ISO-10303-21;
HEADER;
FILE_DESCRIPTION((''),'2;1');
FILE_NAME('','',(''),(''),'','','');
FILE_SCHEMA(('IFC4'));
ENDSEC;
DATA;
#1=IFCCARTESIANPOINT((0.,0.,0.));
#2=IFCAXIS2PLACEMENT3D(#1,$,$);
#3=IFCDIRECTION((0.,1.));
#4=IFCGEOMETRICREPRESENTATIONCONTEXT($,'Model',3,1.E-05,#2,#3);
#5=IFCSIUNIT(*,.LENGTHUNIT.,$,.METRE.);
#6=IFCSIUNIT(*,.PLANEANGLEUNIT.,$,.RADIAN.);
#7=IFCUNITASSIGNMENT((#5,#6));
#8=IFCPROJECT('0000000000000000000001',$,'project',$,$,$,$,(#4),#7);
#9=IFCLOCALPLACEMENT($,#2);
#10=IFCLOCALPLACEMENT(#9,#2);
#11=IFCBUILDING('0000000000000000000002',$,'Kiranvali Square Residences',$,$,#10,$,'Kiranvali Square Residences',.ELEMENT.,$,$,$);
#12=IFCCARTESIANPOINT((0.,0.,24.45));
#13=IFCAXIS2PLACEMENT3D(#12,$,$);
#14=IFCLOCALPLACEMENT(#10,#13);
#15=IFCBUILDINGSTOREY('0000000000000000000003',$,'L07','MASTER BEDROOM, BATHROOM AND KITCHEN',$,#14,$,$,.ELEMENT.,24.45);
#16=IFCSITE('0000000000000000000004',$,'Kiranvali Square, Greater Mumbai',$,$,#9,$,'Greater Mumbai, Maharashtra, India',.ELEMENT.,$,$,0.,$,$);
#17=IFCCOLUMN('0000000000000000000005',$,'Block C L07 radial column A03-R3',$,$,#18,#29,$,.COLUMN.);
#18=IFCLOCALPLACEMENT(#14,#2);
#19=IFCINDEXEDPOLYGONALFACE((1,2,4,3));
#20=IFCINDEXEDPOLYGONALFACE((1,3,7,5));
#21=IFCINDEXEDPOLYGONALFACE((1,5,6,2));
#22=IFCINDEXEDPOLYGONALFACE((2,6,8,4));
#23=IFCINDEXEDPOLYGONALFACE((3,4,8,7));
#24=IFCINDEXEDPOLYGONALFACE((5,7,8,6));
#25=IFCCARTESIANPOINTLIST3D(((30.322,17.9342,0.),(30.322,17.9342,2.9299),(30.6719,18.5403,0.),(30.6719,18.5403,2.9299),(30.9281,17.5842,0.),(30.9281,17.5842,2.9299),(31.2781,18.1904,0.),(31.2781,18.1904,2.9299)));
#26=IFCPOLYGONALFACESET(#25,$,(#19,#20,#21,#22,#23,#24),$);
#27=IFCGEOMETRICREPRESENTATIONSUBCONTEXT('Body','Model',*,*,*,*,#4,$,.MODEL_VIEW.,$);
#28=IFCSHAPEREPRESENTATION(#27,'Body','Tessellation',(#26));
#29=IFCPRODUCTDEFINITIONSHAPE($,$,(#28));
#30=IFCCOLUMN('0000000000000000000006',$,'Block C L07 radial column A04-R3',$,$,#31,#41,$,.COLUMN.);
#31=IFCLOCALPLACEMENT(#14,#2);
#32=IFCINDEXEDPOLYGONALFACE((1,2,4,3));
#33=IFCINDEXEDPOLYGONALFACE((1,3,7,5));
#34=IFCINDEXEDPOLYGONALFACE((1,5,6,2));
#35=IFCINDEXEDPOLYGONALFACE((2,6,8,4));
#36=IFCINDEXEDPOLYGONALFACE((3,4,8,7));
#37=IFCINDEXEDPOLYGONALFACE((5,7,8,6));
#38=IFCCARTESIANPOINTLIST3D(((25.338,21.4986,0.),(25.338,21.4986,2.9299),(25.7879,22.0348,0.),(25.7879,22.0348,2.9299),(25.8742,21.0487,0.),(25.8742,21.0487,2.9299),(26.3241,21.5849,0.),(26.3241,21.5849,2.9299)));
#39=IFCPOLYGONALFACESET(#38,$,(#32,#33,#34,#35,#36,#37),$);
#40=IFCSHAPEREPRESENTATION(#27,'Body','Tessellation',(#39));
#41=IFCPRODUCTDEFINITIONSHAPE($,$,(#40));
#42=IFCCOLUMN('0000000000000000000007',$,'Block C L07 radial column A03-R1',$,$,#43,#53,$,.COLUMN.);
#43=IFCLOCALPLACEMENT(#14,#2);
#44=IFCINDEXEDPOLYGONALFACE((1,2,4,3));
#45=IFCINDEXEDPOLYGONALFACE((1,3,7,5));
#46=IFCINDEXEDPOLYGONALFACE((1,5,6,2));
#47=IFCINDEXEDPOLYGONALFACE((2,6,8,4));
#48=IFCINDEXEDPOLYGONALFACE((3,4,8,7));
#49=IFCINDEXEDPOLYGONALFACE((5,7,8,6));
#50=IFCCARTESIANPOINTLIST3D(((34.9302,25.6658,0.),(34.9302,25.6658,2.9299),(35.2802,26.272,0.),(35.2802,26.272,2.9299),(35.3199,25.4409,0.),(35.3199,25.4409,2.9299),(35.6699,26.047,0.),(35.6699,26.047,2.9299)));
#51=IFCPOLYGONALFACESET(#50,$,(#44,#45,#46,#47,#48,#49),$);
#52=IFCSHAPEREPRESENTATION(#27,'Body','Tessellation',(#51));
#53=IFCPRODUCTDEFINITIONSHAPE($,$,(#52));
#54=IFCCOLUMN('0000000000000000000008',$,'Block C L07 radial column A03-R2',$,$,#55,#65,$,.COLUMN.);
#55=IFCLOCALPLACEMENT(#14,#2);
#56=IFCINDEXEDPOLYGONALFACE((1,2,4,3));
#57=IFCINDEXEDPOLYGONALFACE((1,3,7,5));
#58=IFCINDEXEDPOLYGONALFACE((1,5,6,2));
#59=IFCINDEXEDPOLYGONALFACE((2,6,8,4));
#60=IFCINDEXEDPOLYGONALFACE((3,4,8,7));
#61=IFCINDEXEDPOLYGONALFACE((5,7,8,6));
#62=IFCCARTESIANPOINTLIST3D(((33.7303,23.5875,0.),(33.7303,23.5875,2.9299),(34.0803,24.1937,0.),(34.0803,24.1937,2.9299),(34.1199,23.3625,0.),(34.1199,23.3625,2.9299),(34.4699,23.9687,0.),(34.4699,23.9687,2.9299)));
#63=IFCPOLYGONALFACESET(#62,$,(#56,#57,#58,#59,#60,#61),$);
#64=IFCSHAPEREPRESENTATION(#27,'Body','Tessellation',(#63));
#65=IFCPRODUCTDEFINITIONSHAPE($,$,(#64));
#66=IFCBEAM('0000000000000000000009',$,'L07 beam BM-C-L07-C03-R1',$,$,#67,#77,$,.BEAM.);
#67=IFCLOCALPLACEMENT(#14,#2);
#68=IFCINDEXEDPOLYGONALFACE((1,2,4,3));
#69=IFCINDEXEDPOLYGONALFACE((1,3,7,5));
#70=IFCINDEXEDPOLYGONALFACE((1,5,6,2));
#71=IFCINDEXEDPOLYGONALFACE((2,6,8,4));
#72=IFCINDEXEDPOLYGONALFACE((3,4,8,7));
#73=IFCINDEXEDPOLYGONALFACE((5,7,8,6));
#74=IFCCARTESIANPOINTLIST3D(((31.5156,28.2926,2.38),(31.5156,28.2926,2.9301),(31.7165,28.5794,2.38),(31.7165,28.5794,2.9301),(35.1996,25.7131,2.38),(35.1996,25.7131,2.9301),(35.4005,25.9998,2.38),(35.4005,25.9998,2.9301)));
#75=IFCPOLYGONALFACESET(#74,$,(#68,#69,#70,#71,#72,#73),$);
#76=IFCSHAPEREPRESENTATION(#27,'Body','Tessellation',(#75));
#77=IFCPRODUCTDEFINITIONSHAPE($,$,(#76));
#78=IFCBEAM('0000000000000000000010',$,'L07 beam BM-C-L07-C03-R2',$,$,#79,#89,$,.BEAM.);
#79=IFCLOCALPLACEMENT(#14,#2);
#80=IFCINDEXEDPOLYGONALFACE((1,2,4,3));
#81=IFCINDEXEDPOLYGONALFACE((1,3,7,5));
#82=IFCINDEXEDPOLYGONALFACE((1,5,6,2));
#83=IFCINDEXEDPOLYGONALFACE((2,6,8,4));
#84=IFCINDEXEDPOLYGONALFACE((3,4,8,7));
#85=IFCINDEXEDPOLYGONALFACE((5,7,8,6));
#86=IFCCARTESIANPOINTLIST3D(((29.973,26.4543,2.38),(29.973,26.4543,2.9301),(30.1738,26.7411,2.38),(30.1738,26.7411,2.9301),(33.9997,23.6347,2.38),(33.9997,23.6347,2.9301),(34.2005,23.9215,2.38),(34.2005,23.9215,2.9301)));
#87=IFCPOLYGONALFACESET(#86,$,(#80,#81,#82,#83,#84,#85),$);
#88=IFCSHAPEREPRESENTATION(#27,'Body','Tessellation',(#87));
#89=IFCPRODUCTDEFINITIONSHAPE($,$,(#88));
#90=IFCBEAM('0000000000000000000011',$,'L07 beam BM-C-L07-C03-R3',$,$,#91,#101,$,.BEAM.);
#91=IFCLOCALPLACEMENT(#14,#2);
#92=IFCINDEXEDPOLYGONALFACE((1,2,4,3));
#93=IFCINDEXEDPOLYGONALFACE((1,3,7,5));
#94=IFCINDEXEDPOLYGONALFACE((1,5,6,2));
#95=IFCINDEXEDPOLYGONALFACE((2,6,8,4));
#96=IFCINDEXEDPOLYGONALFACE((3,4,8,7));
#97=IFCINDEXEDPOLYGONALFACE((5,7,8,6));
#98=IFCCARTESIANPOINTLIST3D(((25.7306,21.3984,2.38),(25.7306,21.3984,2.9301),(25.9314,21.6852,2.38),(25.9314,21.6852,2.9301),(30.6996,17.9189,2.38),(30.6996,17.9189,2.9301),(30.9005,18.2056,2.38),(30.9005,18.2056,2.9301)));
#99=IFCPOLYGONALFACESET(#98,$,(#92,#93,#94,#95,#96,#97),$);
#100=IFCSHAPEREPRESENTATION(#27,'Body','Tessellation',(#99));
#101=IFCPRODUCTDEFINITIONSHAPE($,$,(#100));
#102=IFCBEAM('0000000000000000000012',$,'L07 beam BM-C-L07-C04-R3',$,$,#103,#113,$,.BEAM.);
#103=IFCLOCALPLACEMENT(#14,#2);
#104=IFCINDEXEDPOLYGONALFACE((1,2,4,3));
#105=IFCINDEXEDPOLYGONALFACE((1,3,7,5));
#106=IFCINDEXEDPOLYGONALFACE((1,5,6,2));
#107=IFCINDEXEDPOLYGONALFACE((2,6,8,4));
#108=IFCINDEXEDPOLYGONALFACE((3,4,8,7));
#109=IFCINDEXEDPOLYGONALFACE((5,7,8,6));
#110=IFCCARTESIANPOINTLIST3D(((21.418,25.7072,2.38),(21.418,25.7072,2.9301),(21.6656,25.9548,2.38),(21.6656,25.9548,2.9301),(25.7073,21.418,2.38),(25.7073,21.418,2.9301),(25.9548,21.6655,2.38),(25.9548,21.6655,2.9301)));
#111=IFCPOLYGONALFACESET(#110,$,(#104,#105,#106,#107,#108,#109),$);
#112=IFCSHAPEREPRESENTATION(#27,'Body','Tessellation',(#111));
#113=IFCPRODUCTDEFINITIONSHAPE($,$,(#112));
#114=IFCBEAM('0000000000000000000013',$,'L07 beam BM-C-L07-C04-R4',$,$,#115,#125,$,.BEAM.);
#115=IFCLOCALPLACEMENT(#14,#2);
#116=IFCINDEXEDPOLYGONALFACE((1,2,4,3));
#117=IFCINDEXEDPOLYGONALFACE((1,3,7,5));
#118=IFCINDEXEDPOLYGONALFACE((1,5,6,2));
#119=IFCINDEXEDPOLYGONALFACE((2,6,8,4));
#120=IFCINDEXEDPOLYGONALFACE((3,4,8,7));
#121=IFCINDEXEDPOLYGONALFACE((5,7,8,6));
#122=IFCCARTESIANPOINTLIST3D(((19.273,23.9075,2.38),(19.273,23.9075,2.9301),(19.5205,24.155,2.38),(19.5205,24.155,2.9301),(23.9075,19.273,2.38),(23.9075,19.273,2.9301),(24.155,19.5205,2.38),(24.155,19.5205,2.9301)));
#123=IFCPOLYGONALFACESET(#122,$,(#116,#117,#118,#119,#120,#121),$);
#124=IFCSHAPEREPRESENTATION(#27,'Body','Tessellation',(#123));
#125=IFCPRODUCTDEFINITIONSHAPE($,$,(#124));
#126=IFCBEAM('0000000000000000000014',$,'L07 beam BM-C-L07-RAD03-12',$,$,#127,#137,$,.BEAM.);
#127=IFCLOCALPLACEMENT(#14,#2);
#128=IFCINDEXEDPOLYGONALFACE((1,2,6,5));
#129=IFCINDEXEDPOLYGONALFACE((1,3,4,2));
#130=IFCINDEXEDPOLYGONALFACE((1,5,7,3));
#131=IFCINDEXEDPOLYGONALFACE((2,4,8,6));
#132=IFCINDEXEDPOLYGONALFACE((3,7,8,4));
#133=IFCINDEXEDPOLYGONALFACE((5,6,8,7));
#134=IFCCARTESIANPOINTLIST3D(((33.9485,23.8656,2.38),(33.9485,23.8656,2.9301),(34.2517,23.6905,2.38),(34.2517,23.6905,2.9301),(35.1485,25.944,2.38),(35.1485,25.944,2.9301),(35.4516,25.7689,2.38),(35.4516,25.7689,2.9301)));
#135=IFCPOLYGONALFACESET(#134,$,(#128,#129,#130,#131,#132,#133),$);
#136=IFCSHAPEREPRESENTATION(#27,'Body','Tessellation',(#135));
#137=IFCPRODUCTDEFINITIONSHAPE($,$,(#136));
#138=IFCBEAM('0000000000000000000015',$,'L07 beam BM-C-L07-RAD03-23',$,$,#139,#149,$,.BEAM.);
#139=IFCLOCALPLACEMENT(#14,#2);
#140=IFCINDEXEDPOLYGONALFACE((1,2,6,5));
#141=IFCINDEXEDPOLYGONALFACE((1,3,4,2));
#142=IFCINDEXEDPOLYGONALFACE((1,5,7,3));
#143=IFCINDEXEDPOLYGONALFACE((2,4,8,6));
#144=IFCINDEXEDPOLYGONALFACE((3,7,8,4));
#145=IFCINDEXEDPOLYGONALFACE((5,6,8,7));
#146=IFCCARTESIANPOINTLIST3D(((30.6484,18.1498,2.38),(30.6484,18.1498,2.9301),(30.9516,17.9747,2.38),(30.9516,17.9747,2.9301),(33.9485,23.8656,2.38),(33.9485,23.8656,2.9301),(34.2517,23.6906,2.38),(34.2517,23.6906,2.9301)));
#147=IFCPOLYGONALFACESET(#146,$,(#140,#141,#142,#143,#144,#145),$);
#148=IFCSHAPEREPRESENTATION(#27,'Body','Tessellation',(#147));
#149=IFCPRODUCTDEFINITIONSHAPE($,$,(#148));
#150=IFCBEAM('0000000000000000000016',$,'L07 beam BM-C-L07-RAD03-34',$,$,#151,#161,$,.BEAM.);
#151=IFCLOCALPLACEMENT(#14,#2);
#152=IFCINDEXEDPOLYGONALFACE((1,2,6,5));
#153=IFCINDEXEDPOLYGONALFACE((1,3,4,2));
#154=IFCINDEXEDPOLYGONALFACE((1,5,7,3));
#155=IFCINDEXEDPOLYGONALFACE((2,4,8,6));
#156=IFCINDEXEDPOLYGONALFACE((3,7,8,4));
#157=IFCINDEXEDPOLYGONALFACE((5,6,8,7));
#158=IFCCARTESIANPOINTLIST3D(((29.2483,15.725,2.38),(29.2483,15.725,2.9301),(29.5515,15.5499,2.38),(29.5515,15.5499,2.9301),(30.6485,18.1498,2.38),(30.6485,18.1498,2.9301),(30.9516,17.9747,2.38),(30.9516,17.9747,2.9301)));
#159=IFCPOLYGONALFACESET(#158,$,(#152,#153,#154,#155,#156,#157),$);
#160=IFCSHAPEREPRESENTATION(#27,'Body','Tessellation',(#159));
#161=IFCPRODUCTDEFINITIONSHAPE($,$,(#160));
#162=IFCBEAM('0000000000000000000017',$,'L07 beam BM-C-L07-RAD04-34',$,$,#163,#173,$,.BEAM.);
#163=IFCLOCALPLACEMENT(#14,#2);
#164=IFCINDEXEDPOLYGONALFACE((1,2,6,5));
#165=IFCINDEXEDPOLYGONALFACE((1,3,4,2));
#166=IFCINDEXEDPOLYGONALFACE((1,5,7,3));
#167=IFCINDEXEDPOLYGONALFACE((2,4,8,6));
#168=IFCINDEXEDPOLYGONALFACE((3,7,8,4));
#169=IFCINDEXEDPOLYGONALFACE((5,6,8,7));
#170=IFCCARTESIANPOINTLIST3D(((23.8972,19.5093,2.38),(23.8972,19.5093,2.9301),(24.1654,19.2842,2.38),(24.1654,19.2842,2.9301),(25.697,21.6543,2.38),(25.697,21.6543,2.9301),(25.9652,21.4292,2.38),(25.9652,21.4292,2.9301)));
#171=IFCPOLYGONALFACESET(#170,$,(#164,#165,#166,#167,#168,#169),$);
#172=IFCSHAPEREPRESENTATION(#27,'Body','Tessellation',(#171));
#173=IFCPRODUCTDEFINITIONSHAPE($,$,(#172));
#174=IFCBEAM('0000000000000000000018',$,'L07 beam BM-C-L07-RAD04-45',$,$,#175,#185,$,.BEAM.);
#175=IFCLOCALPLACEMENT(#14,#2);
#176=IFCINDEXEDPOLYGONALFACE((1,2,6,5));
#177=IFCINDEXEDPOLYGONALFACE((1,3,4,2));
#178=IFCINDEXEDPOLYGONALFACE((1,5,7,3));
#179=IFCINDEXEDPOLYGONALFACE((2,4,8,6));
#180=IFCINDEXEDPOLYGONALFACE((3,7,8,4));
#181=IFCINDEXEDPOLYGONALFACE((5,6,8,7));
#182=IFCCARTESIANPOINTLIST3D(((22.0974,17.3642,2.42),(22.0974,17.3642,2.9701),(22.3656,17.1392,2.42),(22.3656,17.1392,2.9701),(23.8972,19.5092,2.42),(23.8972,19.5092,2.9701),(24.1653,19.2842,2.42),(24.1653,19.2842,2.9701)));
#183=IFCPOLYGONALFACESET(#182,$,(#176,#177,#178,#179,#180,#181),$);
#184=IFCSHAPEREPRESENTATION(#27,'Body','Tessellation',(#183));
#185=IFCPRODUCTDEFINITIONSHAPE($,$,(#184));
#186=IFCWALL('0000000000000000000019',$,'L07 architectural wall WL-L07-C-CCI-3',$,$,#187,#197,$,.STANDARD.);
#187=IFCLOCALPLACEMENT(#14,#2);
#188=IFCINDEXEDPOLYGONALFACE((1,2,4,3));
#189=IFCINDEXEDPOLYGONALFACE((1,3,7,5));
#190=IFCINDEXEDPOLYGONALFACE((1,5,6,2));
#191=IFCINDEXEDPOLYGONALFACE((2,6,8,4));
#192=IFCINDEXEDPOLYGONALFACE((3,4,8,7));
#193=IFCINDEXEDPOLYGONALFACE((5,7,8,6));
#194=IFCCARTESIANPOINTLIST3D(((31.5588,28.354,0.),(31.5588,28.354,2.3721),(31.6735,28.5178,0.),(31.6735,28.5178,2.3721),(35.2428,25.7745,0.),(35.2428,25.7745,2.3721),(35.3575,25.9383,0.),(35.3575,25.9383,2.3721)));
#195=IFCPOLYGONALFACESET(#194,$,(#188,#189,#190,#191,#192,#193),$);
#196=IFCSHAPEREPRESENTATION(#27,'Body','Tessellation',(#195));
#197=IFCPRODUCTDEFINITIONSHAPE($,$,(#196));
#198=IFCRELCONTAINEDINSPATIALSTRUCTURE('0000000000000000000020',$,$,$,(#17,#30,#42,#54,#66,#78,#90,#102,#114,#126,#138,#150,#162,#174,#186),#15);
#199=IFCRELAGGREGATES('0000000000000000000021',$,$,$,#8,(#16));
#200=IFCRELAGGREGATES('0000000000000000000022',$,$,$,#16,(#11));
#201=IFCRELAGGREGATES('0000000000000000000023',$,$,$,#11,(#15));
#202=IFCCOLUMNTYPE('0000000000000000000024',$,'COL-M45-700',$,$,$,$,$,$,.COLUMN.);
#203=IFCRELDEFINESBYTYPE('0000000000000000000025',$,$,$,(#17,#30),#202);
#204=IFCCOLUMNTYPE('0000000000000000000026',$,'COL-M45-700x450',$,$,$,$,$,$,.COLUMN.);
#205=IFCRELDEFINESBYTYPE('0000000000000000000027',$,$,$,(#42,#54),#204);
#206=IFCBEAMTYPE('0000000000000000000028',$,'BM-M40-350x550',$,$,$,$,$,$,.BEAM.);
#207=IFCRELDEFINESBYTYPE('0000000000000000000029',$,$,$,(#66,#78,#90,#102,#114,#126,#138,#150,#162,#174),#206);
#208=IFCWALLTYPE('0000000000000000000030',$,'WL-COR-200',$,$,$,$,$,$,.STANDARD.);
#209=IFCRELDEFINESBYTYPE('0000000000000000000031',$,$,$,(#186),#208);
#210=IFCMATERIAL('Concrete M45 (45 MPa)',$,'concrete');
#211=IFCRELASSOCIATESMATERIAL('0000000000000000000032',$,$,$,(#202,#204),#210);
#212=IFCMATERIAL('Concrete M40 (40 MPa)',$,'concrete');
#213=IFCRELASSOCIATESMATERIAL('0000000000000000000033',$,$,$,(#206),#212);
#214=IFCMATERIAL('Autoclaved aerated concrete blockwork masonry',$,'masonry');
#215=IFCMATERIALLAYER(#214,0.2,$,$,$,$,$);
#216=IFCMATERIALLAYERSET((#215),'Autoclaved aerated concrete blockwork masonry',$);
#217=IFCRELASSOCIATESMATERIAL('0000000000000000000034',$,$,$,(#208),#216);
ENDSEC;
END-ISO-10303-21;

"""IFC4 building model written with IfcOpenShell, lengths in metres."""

from ifc_helpers import new_model, si_unit, direction, frame, frame_2d, origin, origin_2d, place, context, subcontext, project, spatial, rectangle, extrude, material, layer, layer_set, material_profile, profile_set, type_object, element, save


model = new_model("IFC4")

# Units and contexts
model_context = context("Model", 3, precision=1e-05, world=origin(), true_north=direction((0.0, 1.0)))
body_context = subcontext(model_context, "Body", "Model", "MODEL_VIEW")
ifc_project = project(units=[si_unit("LENGTHUNIT", "METRE"), si_unit("PLANEANGLEUNIT", "RADIAN")], contexts=[model_context])

# Site, building, storey
site_placement = place(None, origin())
site = spatial("IfcSite", under=ifc_project, at=site_placement, Name="Kiranvali Square, Greater Mumbai", LongName="Greater Mumbai, Maharashtra, India", CompositionType="ELEMENT", RefElevation=0.0)
building_placement = place(site_placement, origin())
building = spatial("IfcBuilding", under=site, at=building_placement, Name="Kiranvali Square Residences", LongName="Kiranvali Square Residences", CompositionType="ELEMENT")
storey_placement = place(building_placement, frame((0.0, 0.0, 24.45)))
storey = spatial("IfcBuildingStorey", under=building, at=storey_placement, Name="L07", Description="MASTER BEDROOM, BATHROOM AND KITCHEN", CompositionType="ELEMENT", Elevation=24.45)

# Columns
ifc_material_1 = material(Name="Concrete M45 (45 MPa)", Category="concrete")
ifc_material_profile_1 = material_profile(ifc_material_1, rectangle(XDim=0.7, YDim=0.7, at=origin_2d()), Name="RC 700x700")
ifc_profile_set_1 = profile_set([ifc_material_profile_1], Name="Concrete M45 (45 MPa)")
column_type_1 = type_object("IfcColumnType", Name="COL-M45-700", PredefinedType="COLUMN", material=ifc_profile_set_1)
for number, where, z_axis, x_axis, name in (
    (1, (30.8, 18.0623, 0.0), (0.0, 0.0, 1.0), (-0.866025, 0.5, 0.0), "Block C L07 radial column A03-R3"),
    (2, (25.8311, 21.5417, 0.0), (0.0, 0.0, 1.0), (-0.766044, 0.642788, 0.0), "Block C L07 radial column A04-R3"),
):
    element("IfcColumn", number, at=place(storey_placement, frame(where, z_axis=z_axis, x_axis=x_axis)), inside=storey, type_object=column_type_1, Name=name, PredefinedType="COLUMN", context=body_context, shape_type="SweptSolid", body=[
        extrude(rectangle(XDim=0.7, YDim=0.7, at=origin_2d()), origin(), (0.0, 0.0, 1.0), 2.9299),
    ])
ifc_material_profile_2 = material_profile(ifc_material_1, rectangle(XDim=0.45, YDim=0.7, at=origin_2d()), Name="RC 700x450")
ifc_profile_set_2 = profile_set([ifc_material_profile_2], Name="Concrete M45 (45 MPa)")
column_type_2 = type_object("IfcColumnType", Name="COL-M45-700x450", PredefinedType="COLUMN", material=ifc_profile_set_2)
for number, where, z_axis, x_axis, name in (
    (3, (35.3, 25.8564, 0.0), (0.0, 0.0, 1.0), (-0.866025, 0.5, 0.0), "Block C L07 radial column A03-R1"),
    (4, (34.1001, 23.7781, 0.0), (0.0, 0.0, 1.0), (-0.866025, 0.5, 0.0), "Block C L07 radial column A03-R2"),
):
    element("IfcColumn", number, at=place(storey_placement, frame(where, z_axis=z_axis, x_axis=x_axis)), inside=storey, type_object=column_type_2, Name=name, PredefinedType="COLUMN", context=body_context, shape_type="SweptSolid", body=[
        extrude(rectangle(XDim=0.45, YDim=0.7, at=origin_2d()), origin(), (0.0, 0.0, 1.0), 2.9299),
    ])

# Beams
ifc_material_2 = material(Name="Concrete M40 (40 MPa)", Category="concrete")
ifc_material_profile_3 = material_profile(ifc_material_2, rectangle(XDim=0.3501, YDim=0.55, at=origin_2d()), Name="RC 350x550")
ifc_profile_set_3 = profile_set([ifc_material_profile_3], Name="Concrete M40 (40 MPa)")
beam_type = type_object("IfcBeamType", Name="BM-M40-350x550", PredefinedType="BEAM", material=ifc_profile_set_3)
beam_1_placement = place(storey_placement, frame((35.3, 25.8564, 2.655), z_axis=(-0.819155, 0.573572, 0.0), x_axis=(-0.573572, -0.819155, 0.0)))
element("IfcBeam", 5, at=beam_1_placement, inside=storey, type_object=beam_type, Name="L07 beam BM-C-L07-C03-R1", PredefinedType="BEAM", context=body_context, shape_type="SweptSolid", body=[
    extrude(rectangle(XDim=0.3501, YDim=0.55, at=origin_2d()), origin(), (0.0, 0.0, 1.0), 4.4973),
])
beam_2_placement = place(storey_placement, frame((34.1001, 23.7781, 2.655), z_axis=(-0.819141, 0.573592, 0.0), x_axis=(-0.573592, -0.819141, 0.0)))
element("IfcBeam", 6, at=beam_2_placement, inside=storey, type_object=beam_type, Name="L07 beam BM-C-L07-C03-R2", PredefinedType="BEAM", context=body_context, shape_type="SweptSolid", body=[
    extrude(rectangle(XDim=0.3501, YDim=0.55, at=origin_2d()), origin(), (0.0, 0.0, 1.0), 4.9158),
])
beam_3_placement = place(storey_placement, frame((30.8, 18.0623, 2.655), z_axis=(-0.819139, 0.573595, 0.0), x_axis=(-0.573595, -0.819139, 0.0)))
element("IfcBeam", 7, at=beam_3_placement, inside=storey, type_object=beam_type, Name="L07 beam BM-C-L07-C03-R3", PredefinedType="BEAM", context=body_context, shape_type="SweptSolid", body=[
    extrude(rectangle(XDim=0.3501, YDim=0.55, at=origin_2d()), origin(), (0.0, 0.0, 1.0), 6.0662),
])
beam_4_placement = place(storey_placement, frame((25.8311, 21.5417, 2.655), z_axis=(-0.707107, 0.707107, 0.0), x_axis=(-0.707107, -0.707107, 0.0)))
element("IfcBeam", 8, at=beam_4_placement, inside=storey, type_object=beam_type, Name="L07 beam BM-C-L07-C04-R3", PredefinedType="BEAM", context=body_context, shape_type="SweptSolid", body=[
    extrude(rectangle(XDim=0.3501, YDim=0.55, at=origin_2d()), origin(), (0.0, 0.0, 1.0), 6.0659),
])
beam_5_placement = place(storey_placement, frame((24.0312, 19.3967, 2.655), z_axis=(-0.707107, 0.707107, 0.0), x_axis=(-0.707107, -0.707107, 0.0)))
element("IfcBeam", 9, at=beam_5_placement, inside=storey, type_object=beam_type, Name="L07 beam BM-C-L07-C04-R4", PredefinedType="BEAM", context=body_context, shape_type="SweptSolid", body=[
    extrude(rectangle(XDim=0.3501, YDim=0.55, at=origin_2d()), origin(), (0.0, 0.0, 1.0), 6.5542),
])
beam_6_placement = place(storey_placement, frame((35.3, 25.8564, 2.655), z_axis=(-0.500001, -0.866025, 0.0), x_axis=(0.866025, -0.500001, 0.0)))
element("IfcBeam", 10, at=beam_6_placement, inside=storey, type_object=beam_type, Name="L07 beam BM-C-L07-RAD03-12", PredefinedType="BEAM", context=body_context, shape_type="SweptSolid", body=[
    extrude(rectangle(XDim=0.3501, YDim=0.55, at=origin_2d()), origin(), (0.0, 0.0, 1.0), 2.3999),
])
beam_7_placement = place(storey_placement, frame((34.1001, 23.7781, 2.655), z_axis=(-0.500002, -0.866024, 0.0), x_axis=(0.866024, -0.500002, 0.0)))
element("IfcBeam", 11, at=beam_7_placement, inside=storey, type_object=beam_type, Name="L07 beam BM-C-L07-RAD03-23", PredefinedType="BEAM", context=body_context, shape_type="SweptSolid", body=[
    extrude(rectangle(XDim=0.3501, YDim=0.55, at=origin_2d()), origin(), (0.0, 0.0, 1.0), 6.6001),
])
for number, where, z_axis, x_axis, name in (
    (12, (30.8, 18.0623, 2.655), (-0.50005, -0.865997, 0.0), (0.865997, -0.50005, 0.0), "L07 beam BM-C-L07-RAD03-34"),
    (13, (25.8311, 21.5417, 2.655), (-0.642771, -0.766059, 0.0), (0.766059, -0.642771, 0.0), "L07 beam BM-C-L07-RAD04-34"),
    (14, (24.0312, 19.3967, 2.6951), (-0.642771, -0.766059, 0.0), (0.766059, -0.642771, 0.0), "L07 beam BM-C-L07-RAD04-45"),
):
    element("IfcBeam", number, at=place(storey_placement, frame(where, z_axis=z_axis, x_axis=x_axis)), inside=storey, type_object=beam_type, Name=name, PredefinedType="BEAM", context=body_context, shape_type="SweptSolid", body=[
        extrude(rectangle(XDim=0.3501, YDim=0.55, at=origin_2d()), origin(), (0.0, 0.0, 1.0), 2.8),
    ])

# Wall
ifc_material_3 = material(Name="Autoclaved aerated concrete blockwork masonry", Category="masonry")
ifc_layer_1 = layer(ifc_material_3, 0.2)
ifc_layer_set_1 = layer_set([ifc_layer_1], Name="Autoclaved aerated concrete blockwork masonry")
wall_type_1 = type_object("IfcWallType", Name="WL-COR-200", PredefinedType="STANDARD", material=ifc_layer_set_1)
wall_1_placement = place(storey_placement, frame((35.3, 25.8564, 0.0), z_axis=(0.0, 0.0, 1.0), x_axis=(-0.819155, 0.573572, 0.0)))
element("IfcWall", 15, at=wall_1_placement, inside=storey, type_object=wall_type_1, Name="L07 architectural wall WL-L07-C-CCI-3", PredefinedType="STANDARD", context=body_context, shape_type="SweptSolid", body=[
    extrude(rectangle(XDim=4.4973, YDim=0.2, at=frame_2d((2.2485, 0.0))), origin(), (0.0, 0.0, 1.0), 2.3721),
])

save(model, "model.ifc")
